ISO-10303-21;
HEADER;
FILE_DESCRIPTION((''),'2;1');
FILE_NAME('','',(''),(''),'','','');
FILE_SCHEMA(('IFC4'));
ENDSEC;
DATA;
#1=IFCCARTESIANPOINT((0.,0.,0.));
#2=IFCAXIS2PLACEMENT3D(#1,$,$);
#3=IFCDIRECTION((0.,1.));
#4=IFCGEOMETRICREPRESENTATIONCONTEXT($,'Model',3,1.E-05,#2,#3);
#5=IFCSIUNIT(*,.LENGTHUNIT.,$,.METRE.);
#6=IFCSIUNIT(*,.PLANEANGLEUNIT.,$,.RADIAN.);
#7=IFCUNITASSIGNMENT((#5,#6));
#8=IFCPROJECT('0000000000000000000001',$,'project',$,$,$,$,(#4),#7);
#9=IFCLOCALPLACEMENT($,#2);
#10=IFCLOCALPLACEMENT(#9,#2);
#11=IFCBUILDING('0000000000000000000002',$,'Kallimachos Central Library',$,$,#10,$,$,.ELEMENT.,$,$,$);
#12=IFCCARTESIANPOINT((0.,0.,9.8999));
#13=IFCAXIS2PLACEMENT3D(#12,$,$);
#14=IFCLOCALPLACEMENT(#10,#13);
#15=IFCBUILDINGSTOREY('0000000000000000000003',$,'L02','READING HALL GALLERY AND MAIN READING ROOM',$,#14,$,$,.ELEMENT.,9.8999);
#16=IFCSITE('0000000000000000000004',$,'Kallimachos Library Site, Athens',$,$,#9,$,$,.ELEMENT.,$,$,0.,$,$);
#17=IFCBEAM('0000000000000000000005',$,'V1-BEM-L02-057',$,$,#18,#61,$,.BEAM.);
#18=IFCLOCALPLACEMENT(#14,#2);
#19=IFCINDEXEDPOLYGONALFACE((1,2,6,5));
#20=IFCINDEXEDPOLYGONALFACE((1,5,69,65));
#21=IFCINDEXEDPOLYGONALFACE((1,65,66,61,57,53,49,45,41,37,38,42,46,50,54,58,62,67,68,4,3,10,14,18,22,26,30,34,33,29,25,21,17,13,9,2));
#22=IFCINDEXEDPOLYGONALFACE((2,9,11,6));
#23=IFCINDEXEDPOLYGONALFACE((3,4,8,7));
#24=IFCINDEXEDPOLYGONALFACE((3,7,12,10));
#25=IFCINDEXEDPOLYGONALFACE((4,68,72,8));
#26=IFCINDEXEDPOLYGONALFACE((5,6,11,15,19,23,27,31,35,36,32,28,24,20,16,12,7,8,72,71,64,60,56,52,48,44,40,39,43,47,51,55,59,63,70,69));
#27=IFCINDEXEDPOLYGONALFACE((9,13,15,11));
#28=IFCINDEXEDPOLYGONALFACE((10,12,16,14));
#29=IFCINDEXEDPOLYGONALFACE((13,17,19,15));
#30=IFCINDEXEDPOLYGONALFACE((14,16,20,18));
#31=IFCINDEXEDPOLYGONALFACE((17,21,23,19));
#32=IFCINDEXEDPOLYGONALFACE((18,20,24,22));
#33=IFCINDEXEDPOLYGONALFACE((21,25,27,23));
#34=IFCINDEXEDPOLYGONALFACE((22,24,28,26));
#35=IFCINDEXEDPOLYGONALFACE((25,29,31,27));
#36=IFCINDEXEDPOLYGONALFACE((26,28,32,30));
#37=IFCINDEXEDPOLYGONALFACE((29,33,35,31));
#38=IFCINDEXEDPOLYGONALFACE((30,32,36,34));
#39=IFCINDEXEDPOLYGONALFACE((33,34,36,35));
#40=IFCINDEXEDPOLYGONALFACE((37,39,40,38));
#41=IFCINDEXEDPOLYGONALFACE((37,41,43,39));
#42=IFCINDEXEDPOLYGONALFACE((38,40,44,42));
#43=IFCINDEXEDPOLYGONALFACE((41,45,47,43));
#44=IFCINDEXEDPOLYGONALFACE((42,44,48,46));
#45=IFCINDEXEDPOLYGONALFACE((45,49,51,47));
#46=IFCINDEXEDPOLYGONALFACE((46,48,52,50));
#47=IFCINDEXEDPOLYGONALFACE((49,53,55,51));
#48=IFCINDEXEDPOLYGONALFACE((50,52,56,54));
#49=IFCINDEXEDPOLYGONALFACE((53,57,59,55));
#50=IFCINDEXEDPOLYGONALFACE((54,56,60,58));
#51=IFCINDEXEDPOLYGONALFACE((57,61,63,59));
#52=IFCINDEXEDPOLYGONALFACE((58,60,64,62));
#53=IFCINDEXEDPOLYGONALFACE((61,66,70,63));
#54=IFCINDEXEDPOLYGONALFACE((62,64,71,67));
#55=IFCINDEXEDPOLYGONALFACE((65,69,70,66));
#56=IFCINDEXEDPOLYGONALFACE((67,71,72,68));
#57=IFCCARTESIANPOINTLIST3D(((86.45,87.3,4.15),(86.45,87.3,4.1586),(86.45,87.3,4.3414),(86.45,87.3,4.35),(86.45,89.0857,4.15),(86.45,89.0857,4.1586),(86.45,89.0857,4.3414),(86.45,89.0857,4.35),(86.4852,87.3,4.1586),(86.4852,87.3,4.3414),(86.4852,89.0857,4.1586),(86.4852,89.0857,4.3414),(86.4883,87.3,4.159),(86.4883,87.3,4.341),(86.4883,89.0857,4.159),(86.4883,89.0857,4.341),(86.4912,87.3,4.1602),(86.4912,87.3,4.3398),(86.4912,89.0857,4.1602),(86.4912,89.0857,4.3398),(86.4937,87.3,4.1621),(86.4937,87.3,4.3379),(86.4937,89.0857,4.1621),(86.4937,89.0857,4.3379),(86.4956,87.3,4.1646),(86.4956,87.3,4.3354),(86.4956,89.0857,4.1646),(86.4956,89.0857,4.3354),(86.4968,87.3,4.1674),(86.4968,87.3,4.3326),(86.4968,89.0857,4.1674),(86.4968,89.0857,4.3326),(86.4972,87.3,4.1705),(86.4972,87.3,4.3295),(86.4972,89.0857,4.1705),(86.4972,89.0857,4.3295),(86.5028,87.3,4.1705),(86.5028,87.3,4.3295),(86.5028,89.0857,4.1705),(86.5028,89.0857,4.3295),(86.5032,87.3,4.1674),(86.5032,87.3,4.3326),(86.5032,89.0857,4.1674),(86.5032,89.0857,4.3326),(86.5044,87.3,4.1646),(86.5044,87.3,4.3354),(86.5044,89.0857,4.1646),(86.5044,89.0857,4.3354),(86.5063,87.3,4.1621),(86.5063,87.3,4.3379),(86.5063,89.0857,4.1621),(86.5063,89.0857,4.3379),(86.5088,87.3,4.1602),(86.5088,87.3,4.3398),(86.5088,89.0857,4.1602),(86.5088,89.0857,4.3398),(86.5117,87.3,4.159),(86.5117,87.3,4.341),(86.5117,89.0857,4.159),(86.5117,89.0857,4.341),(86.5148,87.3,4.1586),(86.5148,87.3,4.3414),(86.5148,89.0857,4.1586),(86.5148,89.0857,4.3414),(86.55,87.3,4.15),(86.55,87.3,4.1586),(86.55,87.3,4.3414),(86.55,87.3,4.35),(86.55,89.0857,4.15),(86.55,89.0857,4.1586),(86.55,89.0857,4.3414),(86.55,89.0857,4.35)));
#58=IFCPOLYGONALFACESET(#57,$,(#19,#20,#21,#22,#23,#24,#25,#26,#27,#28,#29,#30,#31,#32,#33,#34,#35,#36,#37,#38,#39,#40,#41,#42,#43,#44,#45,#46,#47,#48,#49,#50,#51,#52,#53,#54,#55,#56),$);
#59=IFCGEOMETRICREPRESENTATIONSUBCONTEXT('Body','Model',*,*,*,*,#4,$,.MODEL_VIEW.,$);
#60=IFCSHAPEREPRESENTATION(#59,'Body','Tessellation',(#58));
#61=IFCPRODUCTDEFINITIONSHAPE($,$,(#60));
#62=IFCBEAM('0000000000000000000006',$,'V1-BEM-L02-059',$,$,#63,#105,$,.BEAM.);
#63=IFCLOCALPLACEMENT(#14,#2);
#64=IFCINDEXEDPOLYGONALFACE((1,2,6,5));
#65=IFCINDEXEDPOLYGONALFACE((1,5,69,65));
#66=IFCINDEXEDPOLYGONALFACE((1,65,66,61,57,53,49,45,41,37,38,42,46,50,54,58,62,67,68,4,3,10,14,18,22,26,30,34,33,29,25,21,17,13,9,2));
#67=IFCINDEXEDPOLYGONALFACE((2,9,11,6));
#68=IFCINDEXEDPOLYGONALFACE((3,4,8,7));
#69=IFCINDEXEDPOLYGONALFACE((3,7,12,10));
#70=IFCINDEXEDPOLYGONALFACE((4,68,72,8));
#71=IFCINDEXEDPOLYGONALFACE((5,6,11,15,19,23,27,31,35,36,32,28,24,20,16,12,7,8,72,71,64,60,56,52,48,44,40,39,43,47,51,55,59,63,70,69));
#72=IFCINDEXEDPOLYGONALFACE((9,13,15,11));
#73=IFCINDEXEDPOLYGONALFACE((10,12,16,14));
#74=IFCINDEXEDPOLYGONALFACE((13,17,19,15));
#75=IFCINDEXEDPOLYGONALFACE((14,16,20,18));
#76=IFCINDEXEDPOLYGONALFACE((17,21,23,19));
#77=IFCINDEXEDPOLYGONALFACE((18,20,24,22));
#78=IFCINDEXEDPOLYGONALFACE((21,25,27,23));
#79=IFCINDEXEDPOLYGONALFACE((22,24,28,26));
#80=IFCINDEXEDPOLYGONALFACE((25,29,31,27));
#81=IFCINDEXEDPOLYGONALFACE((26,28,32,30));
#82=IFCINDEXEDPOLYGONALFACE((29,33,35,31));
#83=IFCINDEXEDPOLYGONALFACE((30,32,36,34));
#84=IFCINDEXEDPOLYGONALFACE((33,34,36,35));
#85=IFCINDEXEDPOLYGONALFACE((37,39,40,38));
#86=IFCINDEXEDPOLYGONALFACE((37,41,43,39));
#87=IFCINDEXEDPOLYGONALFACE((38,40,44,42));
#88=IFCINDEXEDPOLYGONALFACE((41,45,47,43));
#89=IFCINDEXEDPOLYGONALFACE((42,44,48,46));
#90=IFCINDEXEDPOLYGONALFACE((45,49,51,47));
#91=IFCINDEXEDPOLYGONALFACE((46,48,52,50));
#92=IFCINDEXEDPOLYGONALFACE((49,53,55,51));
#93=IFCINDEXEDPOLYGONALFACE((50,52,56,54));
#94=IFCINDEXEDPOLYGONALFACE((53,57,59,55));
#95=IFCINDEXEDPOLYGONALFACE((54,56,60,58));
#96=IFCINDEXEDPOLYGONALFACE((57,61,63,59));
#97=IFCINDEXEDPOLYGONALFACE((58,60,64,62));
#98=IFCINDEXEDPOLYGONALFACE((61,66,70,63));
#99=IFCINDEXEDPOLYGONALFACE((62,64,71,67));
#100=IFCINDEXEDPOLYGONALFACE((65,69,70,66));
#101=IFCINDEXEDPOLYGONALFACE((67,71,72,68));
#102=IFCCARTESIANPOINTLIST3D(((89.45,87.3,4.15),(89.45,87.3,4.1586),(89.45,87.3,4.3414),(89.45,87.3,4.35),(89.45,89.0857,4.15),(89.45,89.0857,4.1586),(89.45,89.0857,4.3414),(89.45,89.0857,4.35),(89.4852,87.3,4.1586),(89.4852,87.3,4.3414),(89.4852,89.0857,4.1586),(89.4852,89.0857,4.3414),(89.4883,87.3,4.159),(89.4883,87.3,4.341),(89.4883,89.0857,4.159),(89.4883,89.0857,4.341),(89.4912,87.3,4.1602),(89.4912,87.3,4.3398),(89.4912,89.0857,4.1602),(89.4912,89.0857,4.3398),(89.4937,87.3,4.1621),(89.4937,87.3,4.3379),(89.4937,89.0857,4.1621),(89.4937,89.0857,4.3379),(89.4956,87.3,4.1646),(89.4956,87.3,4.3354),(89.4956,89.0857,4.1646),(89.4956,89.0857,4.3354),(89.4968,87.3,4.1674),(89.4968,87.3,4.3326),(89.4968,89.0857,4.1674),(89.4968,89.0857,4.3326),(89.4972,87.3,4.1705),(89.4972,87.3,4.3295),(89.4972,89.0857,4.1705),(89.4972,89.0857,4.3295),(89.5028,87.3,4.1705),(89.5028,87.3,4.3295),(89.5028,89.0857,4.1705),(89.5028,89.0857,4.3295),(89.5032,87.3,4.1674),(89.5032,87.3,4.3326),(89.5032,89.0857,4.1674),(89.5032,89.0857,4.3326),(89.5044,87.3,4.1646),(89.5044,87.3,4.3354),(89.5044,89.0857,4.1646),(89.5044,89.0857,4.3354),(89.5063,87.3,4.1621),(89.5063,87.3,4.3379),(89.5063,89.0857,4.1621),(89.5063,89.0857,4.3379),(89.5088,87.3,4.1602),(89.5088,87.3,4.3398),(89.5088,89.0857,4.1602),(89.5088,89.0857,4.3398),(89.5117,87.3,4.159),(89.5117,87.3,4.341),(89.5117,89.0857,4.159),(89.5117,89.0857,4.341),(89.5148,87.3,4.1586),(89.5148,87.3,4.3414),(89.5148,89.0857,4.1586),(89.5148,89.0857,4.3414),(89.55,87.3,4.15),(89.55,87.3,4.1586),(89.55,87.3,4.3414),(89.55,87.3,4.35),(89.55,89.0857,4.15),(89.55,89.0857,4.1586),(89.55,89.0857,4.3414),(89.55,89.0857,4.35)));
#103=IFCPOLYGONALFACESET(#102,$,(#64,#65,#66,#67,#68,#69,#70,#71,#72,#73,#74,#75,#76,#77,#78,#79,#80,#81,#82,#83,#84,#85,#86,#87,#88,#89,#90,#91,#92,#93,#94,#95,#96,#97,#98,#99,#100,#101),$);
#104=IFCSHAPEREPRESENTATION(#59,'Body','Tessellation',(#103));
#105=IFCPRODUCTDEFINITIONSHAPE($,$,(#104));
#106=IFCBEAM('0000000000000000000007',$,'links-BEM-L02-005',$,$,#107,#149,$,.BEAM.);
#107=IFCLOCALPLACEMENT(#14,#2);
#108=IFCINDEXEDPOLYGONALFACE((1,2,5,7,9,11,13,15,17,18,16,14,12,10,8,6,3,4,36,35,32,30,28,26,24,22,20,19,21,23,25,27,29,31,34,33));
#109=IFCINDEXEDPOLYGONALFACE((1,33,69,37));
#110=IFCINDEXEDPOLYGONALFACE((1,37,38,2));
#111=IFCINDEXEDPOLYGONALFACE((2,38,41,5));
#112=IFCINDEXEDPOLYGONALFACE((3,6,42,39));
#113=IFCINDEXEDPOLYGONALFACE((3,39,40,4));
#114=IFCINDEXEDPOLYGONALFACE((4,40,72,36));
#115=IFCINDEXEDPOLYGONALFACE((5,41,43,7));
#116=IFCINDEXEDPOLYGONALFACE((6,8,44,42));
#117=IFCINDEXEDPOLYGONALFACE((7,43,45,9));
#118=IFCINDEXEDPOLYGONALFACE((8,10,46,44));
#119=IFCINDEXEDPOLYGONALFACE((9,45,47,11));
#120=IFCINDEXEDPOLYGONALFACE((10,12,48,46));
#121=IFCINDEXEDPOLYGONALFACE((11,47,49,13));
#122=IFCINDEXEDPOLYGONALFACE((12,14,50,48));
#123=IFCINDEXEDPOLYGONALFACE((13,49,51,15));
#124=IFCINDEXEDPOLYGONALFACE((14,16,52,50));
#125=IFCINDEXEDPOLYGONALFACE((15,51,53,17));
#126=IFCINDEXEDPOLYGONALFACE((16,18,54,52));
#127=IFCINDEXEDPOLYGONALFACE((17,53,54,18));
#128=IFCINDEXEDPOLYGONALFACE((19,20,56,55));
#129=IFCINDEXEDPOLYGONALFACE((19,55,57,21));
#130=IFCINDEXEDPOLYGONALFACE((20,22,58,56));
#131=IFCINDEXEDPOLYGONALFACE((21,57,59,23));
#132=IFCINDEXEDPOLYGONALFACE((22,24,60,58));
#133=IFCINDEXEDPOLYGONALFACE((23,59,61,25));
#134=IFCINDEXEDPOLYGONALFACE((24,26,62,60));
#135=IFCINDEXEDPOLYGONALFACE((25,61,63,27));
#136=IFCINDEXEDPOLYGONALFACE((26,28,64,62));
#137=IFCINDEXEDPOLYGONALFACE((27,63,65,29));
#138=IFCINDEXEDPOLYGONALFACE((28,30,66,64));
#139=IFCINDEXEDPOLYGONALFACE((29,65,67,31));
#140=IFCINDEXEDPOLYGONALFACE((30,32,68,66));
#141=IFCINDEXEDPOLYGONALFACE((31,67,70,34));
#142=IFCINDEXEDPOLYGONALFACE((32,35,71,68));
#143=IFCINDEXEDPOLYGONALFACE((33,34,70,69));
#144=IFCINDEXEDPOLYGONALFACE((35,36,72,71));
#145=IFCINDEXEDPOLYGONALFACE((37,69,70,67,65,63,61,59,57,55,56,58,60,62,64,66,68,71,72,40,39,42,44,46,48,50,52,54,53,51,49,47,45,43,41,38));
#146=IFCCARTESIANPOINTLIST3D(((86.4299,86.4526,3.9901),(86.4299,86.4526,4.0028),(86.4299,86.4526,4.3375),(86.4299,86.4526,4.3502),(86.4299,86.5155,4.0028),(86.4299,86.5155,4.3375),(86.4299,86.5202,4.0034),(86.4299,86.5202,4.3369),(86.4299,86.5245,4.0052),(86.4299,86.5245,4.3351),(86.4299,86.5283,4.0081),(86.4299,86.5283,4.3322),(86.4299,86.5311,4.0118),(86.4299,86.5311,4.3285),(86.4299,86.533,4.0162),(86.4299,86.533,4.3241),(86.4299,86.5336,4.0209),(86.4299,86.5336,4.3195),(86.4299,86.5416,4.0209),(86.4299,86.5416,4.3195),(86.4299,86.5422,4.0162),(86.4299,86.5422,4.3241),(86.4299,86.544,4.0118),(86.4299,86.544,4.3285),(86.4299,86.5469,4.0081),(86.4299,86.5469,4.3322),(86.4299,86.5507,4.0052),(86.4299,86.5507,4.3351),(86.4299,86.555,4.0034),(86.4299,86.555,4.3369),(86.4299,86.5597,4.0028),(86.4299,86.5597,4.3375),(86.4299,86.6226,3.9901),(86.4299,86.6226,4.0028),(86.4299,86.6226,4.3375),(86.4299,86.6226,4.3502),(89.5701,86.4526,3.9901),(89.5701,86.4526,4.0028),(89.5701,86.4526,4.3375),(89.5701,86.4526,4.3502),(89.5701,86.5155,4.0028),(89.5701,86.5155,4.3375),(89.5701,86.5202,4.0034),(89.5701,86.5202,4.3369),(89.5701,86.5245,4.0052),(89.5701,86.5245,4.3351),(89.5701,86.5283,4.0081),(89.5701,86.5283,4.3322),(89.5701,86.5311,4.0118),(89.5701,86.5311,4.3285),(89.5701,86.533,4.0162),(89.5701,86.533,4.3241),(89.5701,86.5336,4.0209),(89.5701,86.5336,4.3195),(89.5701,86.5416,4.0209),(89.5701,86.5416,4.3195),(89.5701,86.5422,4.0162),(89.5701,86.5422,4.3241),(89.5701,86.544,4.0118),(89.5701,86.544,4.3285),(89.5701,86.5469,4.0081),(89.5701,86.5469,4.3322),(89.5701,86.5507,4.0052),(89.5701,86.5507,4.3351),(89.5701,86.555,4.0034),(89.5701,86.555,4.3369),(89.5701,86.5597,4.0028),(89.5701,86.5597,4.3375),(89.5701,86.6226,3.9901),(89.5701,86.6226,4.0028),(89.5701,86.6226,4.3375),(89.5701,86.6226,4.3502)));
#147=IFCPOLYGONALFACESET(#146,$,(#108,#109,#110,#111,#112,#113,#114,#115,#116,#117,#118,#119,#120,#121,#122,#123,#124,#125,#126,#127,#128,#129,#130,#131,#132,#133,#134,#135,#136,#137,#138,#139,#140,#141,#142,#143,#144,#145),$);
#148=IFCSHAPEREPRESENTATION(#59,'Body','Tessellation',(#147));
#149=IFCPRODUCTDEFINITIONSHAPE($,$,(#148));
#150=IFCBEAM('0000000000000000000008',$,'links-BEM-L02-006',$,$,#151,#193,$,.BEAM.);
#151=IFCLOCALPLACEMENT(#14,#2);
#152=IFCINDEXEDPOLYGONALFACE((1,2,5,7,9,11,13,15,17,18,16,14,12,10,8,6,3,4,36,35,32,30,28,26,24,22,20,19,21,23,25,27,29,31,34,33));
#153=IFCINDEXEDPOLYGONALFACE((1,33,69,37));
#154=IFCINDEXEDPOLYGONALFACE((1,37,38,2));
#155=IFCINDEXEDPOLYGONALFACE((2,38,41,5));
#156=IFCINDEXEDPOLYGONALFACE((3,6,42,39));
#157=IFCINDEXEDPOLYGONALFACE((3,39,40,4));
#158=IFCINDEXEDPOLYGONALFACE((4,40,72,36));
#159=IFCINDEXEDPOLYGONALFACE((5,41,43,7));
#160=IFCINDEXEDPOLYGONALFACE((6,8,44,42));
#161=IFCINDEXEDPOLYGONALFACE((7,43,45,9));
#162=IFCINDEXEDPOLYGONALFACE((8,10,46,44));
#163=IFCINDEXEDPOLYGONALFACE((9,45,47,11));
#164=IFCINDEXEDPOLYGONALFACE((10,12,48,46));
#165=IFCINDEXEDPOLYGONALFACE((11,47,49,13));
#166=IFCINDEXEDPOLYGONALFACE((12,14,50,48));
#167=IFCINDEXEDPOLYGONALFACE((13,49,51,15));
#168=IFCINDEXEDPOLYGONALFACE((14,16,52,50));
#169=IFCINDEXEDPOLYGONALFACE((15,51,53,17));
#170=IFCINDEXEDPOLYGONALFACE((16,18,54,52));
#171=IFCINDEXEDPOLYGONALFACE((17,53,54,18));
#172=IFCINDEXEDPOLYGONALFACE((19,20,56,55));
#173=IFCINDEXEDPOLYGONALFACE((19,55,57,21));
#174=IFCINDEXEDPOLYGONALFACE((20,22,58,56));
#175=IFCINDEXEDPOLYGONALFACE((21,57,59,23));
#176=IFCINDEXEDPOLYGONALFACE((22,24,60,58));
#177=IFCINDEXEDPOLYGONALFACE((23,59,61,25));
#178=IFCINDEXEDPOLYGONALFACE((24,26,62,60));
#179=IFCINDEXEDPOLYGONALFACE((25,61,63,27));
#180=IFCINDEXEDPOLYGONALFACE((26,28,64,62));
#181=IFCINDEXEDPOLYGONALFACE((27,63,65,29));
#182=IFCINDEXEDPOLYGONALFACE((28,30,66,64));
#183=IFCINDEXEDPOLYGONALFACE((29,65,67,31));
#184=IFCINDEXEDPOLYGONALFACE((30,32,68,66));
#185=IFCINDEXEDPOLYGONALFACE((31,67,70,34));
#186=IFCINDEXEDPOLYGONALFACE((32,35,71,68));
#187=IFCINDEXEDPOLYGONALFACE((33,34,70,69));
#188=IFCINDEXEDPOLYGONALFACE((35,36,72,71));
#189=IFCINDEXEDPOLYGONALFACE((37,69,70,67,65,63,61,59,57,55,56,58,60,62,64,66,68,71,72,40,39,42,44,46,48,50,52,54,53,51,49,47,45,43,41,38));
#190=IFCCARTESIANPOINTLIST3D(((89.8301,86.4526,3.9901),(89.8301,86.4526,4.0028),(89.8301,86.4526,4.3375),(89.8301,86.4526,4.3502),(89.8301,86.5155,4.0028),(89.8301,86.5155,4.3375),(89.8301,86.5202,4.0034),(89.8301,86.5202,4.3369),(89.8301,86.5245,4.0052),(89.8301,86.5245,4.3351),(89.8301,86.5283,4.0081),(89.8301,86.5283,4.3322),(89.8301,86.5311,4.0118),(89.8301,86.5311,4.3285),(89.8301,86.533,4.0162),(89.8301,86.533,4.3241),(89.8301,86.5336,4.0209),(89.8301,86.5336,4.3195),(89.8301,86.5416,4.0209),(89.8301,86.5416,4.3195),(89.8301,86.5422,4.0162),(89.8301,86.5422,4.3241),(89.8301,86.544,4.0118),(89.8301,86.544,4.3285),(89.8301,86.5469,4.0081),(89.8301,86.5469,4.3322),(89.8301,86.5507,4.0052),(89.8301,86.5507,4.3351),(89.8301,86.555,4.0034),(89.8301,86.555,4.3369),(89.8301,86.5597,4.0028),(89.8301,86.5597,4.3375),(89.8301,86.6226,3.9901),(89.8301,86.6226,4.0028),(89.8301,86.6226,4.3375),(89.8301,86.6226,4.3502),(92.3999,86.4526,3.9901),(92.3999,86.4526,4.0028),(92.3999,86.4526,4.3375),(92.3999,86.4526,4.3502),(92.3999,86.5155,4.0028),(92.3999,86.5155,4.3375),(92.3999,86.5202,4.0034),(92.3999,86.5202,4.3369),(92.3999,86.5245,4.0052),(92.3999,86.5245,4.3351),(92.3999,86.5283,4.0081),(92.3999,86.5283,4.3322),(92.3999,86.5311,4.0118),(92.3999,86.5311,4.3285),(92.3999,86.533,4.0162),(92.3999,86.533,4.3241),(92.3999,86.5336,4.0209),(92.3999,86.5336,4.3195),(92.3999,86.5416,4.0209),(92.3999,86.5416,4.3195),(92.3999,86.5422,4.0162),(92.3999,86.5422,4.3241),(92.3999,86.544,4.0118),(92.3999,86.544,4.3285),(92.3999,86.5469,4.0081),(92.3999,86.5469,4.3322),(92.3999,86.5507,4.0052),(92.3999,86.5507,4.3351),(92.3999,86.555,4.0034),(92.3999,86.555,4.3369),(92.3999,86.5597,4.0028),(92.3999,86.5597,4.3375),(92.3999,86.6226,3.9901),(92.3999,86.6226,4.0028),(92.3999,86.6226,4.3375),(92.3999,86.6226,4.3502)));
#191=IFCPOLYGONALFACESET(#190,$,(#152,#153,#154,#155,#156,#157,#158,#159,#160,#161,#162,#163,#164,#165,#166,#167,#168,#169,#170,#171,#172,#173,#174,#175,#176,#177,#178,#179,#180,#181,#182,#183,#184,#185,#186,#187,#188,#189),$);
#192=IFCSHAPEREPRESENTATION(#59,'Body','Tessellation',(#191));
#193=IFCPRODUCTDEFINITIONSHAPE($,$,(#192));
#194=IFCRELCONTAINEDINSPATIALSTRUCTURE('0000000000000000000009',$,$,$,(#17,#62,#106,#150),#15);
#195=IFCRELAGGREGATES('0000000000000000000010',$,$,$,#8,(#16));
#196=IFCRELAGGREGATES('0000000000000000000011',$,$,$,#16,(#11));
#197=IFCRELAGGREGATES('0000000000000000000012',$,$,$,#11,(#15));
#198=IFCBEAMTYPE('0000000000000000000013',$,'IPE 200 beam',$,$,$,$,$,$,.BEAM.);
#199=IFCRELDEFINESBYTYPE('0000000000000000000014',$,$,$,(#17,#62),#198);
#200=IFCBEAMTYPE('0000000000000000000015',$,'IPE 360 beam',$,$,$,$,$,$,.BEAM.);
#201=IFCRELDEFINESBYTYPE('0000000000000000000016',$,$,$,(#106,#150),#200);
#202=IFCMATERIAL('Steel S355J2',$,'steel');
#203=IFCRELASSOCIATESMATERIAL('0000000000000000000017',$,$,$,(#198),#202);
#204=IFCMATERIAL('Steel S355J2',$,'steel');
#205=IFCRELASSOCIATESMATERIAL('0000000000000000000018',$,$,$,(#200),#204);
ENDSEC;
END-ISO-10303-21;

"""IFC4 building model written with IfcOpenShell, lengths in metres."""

from ifc_helpers import new_model, si_unit, direction, frame, origin, origin_2d, place, context, subcontext, project, spatial, i_section, extrude, material, material_profile, profile_set, type_object, element, save


model = new_model("IFC4")

# Units and contexts
model_context = context("Model", 3, precision=1e-05, world=origin(), true_north=direction((0.0, 1.0)))
body_context = subcontext(model_context, "Body", "Model", "MODEL_VIEW")
ifc_project = project(units=[si_unit("LENGTHUNIT", "METRE"), si_unit("PLANEANGLEUNIT", "RADIAN")], contexts=[model_context])

# Site, building, storey
site_placement = place(None, origin())
site = spatial("IfcSite", under=ifc_project, at=site_placement, Name="Kallimachos Library Site, Athens", CompositionType="ELEMENT", RefElevation=0.0)
building_placement = place(site_placement, origin())
building = spatial("IfcBuilding", under=site, at=building_placement, Name="Kallimachos Central Library", CompositionType="ELEMENT")
storey_placement = place(building_placement, frame((0.0, 0.0, 9.8999)))
storey = spatial("IfcBuildingStorey", under=building, at=storey_placement, Name="L02", Description="READING HALL GALLERY AND MAIN READING ROOM", CompositionType="ELEMENT", Elevation=9.8999)

# Beams
ifc_material_1 = material(Name="Steel S355J2", Category="steel")
ifc_material_profile_1 = material_profile(ifc_material_1, i_section(OverallWidth=0.1001, OverallDepth=0.2, WebThickness=0.0056, FlangeThickness=0.0085, FilletRadius=0.012, at=origin_2d()), Name="IPE 200")
ifc_profile_set_1 = profile_set([ifc_material_profile_1], Name="Steel S355J2")
beam_type_1 = type_object("IfcBeamType", Name="IPE 200 beam", PredefinedType="BEAM", material=ifc_profile_set_1)
for number, where, z_axis, x_axis, name in (
    (1, (86.5, 87.3, 4.25), (0.0, 1.0, 0.0), (-1.0, 0.0, 0.0), "V1-BEM-L02-057"),
    (2, (89.5, 87.3, 4.25), (0.0, 1.0, 0.0), (-1.0, 0.0, 0.0), "V1-BEM-L02-059"),
):
    element("IfcBeam", number, at=place(storey_placement, frame(where, z_axis=z_axis, x_axis=x_axis)), inside=storey, type_object=beam_type_1, Name=name, PredefinedType="BEAM", context=body_context, shape_type="SweptSolid", body=[
        extrude(i_section(OverallWidth=0.1001, OverallDepth=0.2, WebThickness=0.0056, FlangeThickness=0.0085, FilletRadius=0.012, at=origin_2d()), origin(), (0.0, 0.0, 1.0), 1.7856),
    ])
ifc_material_2 = material(Name="Steel S355J2", Category="steel")
ifc_material_profile_2 = material_profile(ifc_material_2, i_section(OverallWidth=0.1699, OverallDepth=0.3601, WebThickness=0.0081, FlangeThickness=0.0127, FilletRadius=0.0181, at=origin_2d()), Name="IPE 360")
ifc_profile_set_2 = profile_set([ifc_material_profile_2], Name="Steel S355J2")
beam_type_2 = type_object("IfcBeamType", Name="IPE 360 beam", PredefinedType="BEAM", material=ifc_profile_set_2)
beam_1_placement = place(storey_placement, frame((86.4299, 86.5376, 4.1702), z_axis=(1.0, 0.0, 0.0), x_axis=(0.0, 1.0, 0.0)))
element("IfcBeam", 3, at=beam_1_placement, inside=storey, type_object=beam_type_2, Name="links-BEM-L02-005", PredefinedType="BEAM", context=body_context, shape_type="SweptSolid", body=[
    extrude(i_section(OverallWidth=0.1699, OverallDepth=0.3601, WebThickness=0.0081, FlangeThickness=0.0127, FilletRadius=0.0181, at=origin_2d()), origin(), (0.0, 0.0, 1.0), 3.1401),
])
beam_2_placement = place(storey_placement, frame((89.8301, 86.5376, 4.1702), z_axis=(1.0, 0.0, 0.0), x_axis=(0.0, 1.0, 0.0)))
element("IfcBeam", 4, at=beam_2_placement, inside=storey, type_object=beam_type_2, Name="links-BEM-L02-006", PredefinedType="BEAM", context=body_context, shape_type="SweptSolid", body=[
    extrude(i_section(OverallWidth=0.1699, OverallDepth=0.3601, WebThickness=0.0081, FlangeThickness=0.0127, FilletRadius=0.0181, at=origin_2d()), origin(), (0.0, 0.0, 1.0), 2.5698),
])

save(model, "model.ifc")
